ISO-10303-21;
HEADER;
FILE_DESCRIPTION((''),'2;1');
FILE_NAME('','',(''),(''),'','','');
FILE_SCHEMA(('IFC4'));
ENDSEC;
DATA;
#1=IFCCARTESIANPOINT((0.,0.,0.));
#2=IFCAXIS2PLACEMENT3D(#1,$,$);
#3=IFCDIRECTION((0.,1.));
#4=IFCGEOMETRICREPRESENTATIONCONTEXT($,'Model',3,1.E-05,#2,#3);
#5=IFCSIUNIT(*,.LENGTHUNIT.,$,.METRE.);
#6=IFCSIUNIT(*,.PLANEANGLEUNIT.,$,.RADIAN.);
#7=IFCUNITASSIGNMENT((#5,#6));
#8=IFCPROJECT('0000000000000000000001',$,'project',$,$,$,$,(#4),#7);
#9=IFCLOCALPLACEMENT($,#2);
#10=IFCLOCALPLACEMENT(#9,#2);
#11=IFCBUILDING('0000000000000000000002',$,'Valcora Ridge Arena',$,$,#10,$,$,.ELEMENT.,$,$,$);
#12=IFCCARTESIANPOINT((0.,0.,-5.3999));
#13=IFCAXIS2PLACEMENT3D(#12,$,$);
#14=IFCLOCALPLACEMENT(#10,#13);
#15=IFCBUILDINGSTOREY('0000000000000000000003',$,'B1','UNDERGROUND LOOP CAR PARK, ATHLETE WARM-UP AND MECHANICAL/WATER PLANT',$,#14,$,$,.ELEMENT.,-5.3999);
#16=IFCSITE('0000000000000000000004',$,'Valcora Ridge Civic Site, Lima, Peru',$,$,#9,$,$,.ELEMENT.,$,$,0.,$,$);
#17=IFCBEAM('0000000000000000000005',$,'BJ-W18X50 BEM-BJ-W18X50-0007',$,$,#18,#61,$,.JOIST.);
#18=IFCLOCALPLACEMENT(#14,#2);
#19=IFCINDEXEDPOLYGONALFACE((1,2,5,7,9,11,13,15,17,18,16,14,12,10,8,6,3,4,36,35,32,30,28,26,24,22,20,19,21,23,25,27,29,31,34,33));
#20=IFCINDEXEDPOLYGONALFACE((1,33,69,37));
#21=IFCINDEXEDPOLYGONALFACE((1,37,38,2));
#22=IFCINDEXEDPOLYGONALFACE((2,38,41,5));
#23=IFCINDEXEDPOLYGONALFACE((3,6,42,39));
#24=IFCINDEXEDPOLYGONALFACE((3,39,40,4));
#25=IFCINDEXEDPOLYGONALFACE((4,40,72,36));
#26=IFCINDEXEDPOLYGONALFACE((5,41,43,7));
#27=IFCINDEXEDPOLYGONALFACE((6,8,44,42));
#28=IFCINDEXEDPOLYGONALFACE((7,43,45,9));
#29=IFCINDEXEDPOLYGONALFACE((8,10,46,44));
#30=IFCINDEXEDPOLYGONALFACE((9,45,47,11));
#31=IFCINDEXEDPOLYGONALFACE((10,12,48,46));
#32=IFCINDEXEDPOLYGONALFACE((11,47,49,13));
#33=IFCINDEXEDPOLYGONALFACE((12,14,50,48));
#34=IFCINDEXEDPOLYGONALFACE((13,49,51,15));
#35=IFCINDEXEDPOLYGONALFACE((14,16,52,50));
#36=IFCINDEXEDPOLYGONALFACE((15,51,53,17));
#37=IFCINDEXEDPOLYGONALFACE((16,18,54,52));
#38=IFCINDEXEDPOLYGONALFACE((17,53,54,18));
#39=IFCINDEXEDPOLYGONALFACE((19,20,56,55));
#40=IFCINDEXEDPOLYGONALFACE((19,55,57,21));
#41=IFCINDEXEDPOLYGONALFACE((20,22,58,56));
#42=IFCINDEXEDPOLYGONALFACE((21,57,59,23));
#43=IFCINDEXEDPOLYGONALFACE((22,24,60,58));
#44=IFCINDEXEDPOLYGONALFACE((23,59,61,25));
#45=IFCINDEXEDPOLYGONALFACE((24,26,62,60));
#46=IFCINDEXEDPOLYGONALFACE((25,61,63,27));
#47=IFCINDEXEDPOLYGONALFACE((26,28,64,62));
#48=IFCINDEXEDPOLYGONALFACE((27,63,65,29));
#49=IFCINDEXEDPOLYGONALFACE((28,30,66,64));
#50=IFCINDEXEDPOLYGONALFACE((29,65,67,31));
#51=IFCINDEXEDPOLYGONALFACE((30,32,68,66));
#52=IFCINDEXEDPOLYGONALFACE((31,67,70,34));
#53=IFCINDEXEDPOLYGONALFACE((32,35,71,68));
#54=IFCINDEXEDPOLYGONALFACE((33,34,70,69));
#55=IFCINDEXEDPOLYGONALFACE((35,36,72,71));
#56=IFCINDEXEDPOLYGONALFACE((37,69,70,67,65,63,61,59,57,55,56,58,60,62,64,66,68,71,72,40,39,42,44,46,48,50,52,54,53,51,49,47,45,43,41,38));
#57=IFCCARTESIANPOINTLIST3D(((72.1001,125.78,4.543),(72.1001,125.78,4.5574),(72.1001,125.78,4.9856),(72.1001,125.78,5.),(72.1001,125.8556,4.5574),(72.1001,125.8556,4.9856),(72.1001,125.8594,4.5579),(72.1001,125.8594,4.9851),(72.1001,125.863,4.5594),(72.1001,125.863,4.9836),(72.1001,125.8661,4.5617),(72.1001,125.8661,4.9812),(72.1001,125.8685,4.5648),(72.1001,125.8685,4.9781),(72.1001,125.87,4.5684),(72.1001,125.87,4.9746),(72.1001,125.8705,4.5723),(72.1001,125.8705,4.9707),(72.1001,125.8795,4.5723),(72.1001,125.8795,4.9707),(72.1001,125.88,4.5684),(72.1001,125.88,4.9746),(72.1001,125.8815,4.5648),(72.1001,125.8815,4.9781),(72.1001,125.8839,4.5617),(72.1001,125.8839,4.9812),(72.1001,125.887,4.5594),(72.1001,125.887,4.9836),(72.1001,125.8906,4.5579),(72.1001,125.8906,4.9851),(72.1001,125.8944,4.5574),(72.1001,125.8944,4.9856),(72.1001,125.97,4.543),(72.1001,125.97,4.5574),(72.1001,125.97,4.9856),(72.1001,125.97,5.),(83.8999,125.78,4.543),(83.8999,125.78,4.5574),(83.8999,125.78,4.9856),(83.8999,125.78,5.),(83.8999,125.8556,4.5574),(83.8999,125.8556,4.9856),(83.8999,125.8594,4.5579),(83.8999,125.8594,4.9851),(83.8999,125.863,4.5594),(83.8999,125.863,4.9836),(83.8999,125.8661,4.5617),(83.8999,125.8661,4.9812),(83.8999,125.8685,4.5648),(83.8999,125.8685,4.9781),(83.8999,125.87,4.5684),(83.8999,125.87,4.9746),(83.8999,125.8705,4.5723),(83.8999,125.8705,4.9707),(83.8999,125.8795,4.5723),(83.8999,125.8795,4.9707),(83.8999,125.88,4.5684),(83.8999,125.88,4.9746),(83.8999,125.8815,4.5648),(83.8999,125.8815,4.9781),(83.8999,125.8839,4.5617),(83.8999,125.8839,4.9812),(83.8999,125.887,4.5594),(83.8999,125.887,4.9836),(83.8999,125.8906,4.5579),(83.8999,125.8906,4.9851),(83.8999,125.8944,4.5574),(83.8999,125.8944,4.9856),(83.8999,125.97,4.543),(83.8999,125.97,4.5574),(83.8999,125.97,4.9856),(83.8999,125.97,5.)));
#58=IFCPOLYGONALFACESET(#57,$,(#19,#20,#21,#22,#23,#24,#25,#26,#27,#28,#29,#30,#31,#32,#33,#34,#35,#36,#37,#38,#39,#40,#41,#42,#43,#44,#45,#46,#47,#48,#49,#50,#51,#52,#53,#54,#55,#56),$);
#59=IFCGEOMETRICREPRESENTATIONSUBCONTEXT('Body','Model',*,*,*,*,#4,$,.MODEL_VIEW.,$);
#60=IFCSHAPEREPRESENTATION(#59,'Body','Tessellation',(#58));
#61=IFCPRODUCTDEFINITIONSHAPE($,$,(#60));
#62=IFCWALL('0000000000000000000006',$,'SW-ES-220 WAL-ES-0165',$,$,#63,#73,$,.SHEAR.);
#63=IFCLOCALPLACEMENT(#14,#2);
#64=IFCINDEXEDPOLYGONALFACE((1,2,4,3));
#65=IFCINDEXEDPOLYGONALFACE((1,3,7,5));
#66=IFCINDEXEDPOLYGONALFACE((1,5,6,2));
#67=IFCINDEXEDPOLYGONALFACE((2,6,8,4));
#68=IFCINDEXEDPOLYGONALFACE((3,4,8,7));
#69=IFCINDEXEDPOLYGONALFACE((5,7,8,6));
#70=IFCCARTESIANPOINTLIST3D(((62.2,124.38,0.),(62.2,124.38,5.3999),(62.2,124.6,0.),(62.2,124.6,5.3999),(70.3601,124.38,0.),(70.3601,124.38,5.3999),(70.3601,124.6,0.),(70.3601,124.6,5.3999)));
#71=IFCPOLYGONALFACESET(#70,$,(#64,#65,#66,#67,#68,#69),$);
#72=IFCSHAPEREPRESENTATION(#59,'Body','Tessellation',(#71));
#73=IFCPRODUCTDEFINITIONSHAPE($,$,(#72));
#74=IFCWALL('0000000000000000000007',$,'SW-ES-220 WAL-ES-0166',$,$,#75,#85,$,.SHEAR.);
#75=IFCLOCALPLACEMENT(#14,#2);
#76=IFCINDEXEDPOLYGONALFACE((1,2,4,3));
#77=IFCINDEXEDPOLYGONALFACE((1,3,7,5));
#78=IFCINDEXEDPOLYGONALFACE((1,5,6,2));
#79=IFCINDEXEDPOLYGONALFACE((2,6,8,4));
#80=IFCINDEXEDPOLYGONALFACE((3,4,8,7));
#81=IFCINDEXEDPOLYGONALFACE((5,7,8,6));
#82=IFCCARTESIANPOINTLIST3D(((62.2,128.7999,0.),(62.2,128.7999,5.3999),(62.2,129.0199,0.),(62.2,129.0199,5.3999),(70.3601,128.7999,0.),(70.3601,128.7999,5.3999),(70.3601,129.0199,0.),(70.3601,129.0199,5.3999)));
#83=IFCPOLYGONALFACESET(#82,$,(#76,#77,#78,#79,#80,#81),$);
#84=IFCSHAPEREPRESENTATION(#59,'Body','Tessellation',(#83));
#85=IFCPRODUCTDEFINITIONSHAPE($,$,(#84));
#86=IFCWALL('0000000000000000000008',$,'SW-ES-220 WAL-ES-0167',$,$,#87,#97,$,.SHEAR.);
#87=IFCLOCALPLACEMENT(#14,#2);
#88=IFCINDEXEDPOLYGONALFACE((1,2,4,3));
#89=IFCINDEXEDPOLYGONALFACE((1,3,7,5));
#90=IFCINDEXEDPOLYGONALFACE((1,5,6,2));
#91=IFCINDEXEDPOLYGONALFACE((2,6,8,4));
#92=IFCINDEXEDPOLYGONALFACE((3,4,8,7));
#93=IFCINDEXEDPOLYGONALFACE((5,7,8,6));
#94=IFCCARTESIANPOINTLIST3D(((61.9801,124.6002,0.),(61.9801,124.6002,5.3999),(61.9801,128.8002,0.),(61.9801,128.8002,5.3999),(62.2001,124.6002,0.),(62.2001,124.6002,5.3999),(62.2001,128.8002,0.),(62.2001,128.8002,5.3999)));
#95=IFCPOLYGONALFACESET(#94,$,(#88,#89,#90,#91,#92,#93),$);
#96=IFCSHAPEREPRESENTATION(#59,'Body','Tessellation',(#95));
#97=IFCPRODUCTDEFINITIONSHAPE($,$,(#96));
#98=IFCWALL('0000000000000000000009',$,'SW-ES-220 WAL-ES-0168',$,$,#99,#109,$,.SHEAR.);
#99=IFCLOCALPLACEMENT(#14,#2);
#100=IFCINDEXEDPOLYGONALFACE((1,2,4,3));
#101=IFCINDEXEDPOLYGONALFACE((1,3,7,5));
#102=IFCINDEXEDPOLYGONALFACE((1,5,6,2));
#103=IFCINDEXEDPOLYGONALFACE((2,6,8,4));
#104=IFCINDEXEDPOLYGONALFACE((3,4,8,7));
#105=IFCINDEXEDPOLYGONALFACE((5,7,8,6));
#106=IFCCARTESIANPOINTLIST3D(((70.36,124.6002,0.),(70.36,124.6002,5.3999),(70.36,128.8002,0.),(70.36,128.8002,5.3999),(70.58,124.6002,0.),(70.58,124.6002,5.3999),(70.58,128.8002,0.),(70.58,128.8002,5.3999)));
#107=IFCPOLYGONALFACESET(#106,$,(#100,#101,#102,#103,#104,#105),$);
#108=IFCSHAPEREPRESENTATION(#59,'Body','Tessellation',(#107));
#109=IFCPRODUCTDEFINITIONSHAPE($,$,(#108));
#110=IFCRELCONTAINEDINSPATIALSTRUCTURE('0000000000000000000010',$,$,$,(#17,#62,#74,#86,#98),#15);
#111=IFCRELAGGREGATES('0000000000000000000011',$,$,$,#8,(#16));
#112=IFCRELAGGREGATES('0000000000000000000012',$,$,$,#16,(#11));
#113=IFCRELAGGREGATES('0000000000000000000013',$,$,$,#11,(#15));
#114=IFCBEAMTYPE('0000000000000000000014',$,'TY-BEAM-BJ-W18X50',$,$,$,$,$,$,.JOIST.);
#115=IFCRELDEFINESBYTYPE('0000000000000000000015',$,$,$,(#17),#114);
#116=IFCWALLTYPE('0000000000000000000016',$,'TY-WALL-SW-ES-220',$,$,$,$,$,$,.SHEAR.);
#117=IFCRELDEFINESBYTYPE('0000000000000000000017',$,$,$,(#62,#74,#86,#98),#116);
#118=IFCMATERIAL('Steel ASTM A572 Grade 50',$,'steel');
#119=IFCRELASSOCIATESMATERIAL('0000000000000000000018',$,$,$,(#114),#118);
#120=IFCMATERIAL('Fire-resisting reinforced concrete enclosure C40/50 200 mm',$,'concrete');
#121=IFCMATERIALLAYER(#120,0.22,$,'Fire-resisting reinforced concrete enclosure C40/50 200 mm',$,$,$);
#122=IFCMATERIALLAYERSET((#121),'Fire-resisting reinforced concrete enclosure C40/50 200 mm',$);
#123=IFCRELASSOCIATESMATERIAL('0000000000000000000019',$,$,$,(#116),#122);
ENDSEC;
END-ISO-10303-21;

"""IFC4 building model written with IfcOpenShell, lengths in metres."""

from ifc_helpers import new_model, si_unit, direction, frame, frame_2d, origin, origin_2d, place, context, subcontext, project, spatial, rectangle, i_section, extrude, material, layer, layer_set, material_profile, profile_set, type_object, element, save


model = new_model("IFC4")

# Units and contexts
model_context = context("Model", 3, precision=1e-05, world=origin(), true_north=direction((0.0, 1.0)))
body_context = subcontext(model_context, "Body", "Model", "MODEL_VIEW")
ifc_project = project(units=[si_unit("LENGTHUNIT", "METRE"), si_unit("PLANEANGLEUNIT", "RADIAN")], contexts=[model_context])

# Site, building, storey
site_placement = place(None, origin())
site = spatial("IfcSite", under=ifc_project, at=site_placement, Name="Valcora Ridge Civic Site, Lima, Peru", CompositionType="ELEMENT", RefElevation=0.0)
building_placement = place(site_placement, origin())
building = spatial("IfcBuilding", under=site, at=building_placement, Name="Valcora Ridge Arena", CompositionType="ELEMENT")
storey_placement = place(building_placement, frame((0.0, 0.0, -5.3999)))
storey = spatial("IfcBuildingStorey", under=building, at=storey_placement, Name="B1", Description="UNDERGROUND LOOP CAR PARK, ATHLETE WARM-UP AND MECHANICAL/WATER PLANT", CompositionType="ELEMENT", Elevation=-5.3999)

# Beam
ifc_material_1 = material(Name="Steel ASTM A572 Grade 50", Category="steel")
ifc_material_profile_1 = material_profile(ifc_material_1, i_section(OverallWidth=0.1899, OverallDepth=0.457, WebThickness=0.009, FlangeThickness=0.0144, FilletRadius=0.0149, at=origin_2d()), Name="W18X50")
ifc_profile_set_1 = profile_set([ifc_material_profile_1], Name="Steel ASTM A572 Grade 50")
beam_type_1 = type_object("IfcBeamType", Name="TY-BEAM-BJ-W18X50", PredefinedType="JOIST", material=ifc_profile_set_1)
for number, where, z_axis, x_axis, name in (
    (1, (72.1001, 125.875, 4.7715), (1.0, 0.0, 0.0), (0.0, 1.0, 0.0), "BJ-W18X50 BEM-BJ-W18X50-0007"),
):
    element("IfcBeam", number, at=place(storey_placement, frame(where, z_axis=z_axis, x_axis=x_axis)), inside=storey, type_object=beam_type_1, Name=name, PredefinedType="JOIST", context=body_context, shape_type="SweptSolid", body=[
        extrude(i_section(OverallWidth=0.1899, OverallDepth=0.457, WebThickness=0.009, FlangeThickness=0.0144, FilletRadius=0.0149, at=origin_2d()), origin(), (0.0, 0.0, 1.0), 11.7998),
    ])

# Walls
ifc_material_2 = material(Name="Fire-resisting reinforced concrete enclosure C40/50 200 mm", Category="concrete")
ifc_layer_1 = layer(ifc_material_2, 0.22, Name="Fire-resisting reinforced concrete enclosure C40/50 200 mm")
ifc_layer_set_1 = layer_set([ifc_layer_1], Name="Fire-resisting reinforced concrete enclosure C40/50 200 mm")
wall_type = type_object("IfcWallType", Name="TY-WALL-SW-ES-220", PredefinedType="SHEAR", material=ifc_layer_set_1)
for number, where, z_axis, x_axis, name in (
    (2, (62.2, 124.49, 0.0), (0.0, 0.0, 1.0), (1.0, 0.0, 0.0), "SW-ES-220 WAL-ES-0165"),
    (3, (62.2, 128.9099, 0.0), (0.0, 0.0, 1.0), (1.0, 0.0, 0.0), "SW-ES-220 WAL-ES-0166"),
):
    element("IfcWall", number, at=place(storey_placement, frame(where, z_axis=z_axis, x_axis=x_axis)), inside=storey, type_object=wall_type, Name=name, PredefinedType="SHEAR", context=body_context, shape_type="SweptSolid", body=[
        extrude(rectangle(XDim=8.1602, YDim=0.22, at=frame_2d((4.0801, 0.0))), origin(), (0.0, 0.0, 1.0), 5.3999),
    ])
for number, where, z_axis, x_axis, name in (
    (4, (62.0901, 124.6001, 0.0), (0.0, 0.0, 1.0), (0.0, 1.0, 0.0), "SW-ES-220 WAL-ES-0167"),
    (5, (70.47, 124.6001, 0.0), (0.0, 0.0, 1.0), (0.0, 1.0, 0.0), "SW-ES-220 WAL-ES-0168"),
):
    element("IfcWall", number, at=place(storey_placement, frame(where, z_axis=z_axis, x_axis=x_axis)), inside=storey, type_object=wall_type, Name=name, PredefinedType="SHEAR", context=body_context, shape_type="SweptSolid", body=[
        extrude(rectangle(XDim=4.2, YDim=0.22, at=frame_2d((2.1001, 0.0))), origin(), (0.0, 0.0, 1.0), 5.3999),
    ])

save(model, "model.ifc")
